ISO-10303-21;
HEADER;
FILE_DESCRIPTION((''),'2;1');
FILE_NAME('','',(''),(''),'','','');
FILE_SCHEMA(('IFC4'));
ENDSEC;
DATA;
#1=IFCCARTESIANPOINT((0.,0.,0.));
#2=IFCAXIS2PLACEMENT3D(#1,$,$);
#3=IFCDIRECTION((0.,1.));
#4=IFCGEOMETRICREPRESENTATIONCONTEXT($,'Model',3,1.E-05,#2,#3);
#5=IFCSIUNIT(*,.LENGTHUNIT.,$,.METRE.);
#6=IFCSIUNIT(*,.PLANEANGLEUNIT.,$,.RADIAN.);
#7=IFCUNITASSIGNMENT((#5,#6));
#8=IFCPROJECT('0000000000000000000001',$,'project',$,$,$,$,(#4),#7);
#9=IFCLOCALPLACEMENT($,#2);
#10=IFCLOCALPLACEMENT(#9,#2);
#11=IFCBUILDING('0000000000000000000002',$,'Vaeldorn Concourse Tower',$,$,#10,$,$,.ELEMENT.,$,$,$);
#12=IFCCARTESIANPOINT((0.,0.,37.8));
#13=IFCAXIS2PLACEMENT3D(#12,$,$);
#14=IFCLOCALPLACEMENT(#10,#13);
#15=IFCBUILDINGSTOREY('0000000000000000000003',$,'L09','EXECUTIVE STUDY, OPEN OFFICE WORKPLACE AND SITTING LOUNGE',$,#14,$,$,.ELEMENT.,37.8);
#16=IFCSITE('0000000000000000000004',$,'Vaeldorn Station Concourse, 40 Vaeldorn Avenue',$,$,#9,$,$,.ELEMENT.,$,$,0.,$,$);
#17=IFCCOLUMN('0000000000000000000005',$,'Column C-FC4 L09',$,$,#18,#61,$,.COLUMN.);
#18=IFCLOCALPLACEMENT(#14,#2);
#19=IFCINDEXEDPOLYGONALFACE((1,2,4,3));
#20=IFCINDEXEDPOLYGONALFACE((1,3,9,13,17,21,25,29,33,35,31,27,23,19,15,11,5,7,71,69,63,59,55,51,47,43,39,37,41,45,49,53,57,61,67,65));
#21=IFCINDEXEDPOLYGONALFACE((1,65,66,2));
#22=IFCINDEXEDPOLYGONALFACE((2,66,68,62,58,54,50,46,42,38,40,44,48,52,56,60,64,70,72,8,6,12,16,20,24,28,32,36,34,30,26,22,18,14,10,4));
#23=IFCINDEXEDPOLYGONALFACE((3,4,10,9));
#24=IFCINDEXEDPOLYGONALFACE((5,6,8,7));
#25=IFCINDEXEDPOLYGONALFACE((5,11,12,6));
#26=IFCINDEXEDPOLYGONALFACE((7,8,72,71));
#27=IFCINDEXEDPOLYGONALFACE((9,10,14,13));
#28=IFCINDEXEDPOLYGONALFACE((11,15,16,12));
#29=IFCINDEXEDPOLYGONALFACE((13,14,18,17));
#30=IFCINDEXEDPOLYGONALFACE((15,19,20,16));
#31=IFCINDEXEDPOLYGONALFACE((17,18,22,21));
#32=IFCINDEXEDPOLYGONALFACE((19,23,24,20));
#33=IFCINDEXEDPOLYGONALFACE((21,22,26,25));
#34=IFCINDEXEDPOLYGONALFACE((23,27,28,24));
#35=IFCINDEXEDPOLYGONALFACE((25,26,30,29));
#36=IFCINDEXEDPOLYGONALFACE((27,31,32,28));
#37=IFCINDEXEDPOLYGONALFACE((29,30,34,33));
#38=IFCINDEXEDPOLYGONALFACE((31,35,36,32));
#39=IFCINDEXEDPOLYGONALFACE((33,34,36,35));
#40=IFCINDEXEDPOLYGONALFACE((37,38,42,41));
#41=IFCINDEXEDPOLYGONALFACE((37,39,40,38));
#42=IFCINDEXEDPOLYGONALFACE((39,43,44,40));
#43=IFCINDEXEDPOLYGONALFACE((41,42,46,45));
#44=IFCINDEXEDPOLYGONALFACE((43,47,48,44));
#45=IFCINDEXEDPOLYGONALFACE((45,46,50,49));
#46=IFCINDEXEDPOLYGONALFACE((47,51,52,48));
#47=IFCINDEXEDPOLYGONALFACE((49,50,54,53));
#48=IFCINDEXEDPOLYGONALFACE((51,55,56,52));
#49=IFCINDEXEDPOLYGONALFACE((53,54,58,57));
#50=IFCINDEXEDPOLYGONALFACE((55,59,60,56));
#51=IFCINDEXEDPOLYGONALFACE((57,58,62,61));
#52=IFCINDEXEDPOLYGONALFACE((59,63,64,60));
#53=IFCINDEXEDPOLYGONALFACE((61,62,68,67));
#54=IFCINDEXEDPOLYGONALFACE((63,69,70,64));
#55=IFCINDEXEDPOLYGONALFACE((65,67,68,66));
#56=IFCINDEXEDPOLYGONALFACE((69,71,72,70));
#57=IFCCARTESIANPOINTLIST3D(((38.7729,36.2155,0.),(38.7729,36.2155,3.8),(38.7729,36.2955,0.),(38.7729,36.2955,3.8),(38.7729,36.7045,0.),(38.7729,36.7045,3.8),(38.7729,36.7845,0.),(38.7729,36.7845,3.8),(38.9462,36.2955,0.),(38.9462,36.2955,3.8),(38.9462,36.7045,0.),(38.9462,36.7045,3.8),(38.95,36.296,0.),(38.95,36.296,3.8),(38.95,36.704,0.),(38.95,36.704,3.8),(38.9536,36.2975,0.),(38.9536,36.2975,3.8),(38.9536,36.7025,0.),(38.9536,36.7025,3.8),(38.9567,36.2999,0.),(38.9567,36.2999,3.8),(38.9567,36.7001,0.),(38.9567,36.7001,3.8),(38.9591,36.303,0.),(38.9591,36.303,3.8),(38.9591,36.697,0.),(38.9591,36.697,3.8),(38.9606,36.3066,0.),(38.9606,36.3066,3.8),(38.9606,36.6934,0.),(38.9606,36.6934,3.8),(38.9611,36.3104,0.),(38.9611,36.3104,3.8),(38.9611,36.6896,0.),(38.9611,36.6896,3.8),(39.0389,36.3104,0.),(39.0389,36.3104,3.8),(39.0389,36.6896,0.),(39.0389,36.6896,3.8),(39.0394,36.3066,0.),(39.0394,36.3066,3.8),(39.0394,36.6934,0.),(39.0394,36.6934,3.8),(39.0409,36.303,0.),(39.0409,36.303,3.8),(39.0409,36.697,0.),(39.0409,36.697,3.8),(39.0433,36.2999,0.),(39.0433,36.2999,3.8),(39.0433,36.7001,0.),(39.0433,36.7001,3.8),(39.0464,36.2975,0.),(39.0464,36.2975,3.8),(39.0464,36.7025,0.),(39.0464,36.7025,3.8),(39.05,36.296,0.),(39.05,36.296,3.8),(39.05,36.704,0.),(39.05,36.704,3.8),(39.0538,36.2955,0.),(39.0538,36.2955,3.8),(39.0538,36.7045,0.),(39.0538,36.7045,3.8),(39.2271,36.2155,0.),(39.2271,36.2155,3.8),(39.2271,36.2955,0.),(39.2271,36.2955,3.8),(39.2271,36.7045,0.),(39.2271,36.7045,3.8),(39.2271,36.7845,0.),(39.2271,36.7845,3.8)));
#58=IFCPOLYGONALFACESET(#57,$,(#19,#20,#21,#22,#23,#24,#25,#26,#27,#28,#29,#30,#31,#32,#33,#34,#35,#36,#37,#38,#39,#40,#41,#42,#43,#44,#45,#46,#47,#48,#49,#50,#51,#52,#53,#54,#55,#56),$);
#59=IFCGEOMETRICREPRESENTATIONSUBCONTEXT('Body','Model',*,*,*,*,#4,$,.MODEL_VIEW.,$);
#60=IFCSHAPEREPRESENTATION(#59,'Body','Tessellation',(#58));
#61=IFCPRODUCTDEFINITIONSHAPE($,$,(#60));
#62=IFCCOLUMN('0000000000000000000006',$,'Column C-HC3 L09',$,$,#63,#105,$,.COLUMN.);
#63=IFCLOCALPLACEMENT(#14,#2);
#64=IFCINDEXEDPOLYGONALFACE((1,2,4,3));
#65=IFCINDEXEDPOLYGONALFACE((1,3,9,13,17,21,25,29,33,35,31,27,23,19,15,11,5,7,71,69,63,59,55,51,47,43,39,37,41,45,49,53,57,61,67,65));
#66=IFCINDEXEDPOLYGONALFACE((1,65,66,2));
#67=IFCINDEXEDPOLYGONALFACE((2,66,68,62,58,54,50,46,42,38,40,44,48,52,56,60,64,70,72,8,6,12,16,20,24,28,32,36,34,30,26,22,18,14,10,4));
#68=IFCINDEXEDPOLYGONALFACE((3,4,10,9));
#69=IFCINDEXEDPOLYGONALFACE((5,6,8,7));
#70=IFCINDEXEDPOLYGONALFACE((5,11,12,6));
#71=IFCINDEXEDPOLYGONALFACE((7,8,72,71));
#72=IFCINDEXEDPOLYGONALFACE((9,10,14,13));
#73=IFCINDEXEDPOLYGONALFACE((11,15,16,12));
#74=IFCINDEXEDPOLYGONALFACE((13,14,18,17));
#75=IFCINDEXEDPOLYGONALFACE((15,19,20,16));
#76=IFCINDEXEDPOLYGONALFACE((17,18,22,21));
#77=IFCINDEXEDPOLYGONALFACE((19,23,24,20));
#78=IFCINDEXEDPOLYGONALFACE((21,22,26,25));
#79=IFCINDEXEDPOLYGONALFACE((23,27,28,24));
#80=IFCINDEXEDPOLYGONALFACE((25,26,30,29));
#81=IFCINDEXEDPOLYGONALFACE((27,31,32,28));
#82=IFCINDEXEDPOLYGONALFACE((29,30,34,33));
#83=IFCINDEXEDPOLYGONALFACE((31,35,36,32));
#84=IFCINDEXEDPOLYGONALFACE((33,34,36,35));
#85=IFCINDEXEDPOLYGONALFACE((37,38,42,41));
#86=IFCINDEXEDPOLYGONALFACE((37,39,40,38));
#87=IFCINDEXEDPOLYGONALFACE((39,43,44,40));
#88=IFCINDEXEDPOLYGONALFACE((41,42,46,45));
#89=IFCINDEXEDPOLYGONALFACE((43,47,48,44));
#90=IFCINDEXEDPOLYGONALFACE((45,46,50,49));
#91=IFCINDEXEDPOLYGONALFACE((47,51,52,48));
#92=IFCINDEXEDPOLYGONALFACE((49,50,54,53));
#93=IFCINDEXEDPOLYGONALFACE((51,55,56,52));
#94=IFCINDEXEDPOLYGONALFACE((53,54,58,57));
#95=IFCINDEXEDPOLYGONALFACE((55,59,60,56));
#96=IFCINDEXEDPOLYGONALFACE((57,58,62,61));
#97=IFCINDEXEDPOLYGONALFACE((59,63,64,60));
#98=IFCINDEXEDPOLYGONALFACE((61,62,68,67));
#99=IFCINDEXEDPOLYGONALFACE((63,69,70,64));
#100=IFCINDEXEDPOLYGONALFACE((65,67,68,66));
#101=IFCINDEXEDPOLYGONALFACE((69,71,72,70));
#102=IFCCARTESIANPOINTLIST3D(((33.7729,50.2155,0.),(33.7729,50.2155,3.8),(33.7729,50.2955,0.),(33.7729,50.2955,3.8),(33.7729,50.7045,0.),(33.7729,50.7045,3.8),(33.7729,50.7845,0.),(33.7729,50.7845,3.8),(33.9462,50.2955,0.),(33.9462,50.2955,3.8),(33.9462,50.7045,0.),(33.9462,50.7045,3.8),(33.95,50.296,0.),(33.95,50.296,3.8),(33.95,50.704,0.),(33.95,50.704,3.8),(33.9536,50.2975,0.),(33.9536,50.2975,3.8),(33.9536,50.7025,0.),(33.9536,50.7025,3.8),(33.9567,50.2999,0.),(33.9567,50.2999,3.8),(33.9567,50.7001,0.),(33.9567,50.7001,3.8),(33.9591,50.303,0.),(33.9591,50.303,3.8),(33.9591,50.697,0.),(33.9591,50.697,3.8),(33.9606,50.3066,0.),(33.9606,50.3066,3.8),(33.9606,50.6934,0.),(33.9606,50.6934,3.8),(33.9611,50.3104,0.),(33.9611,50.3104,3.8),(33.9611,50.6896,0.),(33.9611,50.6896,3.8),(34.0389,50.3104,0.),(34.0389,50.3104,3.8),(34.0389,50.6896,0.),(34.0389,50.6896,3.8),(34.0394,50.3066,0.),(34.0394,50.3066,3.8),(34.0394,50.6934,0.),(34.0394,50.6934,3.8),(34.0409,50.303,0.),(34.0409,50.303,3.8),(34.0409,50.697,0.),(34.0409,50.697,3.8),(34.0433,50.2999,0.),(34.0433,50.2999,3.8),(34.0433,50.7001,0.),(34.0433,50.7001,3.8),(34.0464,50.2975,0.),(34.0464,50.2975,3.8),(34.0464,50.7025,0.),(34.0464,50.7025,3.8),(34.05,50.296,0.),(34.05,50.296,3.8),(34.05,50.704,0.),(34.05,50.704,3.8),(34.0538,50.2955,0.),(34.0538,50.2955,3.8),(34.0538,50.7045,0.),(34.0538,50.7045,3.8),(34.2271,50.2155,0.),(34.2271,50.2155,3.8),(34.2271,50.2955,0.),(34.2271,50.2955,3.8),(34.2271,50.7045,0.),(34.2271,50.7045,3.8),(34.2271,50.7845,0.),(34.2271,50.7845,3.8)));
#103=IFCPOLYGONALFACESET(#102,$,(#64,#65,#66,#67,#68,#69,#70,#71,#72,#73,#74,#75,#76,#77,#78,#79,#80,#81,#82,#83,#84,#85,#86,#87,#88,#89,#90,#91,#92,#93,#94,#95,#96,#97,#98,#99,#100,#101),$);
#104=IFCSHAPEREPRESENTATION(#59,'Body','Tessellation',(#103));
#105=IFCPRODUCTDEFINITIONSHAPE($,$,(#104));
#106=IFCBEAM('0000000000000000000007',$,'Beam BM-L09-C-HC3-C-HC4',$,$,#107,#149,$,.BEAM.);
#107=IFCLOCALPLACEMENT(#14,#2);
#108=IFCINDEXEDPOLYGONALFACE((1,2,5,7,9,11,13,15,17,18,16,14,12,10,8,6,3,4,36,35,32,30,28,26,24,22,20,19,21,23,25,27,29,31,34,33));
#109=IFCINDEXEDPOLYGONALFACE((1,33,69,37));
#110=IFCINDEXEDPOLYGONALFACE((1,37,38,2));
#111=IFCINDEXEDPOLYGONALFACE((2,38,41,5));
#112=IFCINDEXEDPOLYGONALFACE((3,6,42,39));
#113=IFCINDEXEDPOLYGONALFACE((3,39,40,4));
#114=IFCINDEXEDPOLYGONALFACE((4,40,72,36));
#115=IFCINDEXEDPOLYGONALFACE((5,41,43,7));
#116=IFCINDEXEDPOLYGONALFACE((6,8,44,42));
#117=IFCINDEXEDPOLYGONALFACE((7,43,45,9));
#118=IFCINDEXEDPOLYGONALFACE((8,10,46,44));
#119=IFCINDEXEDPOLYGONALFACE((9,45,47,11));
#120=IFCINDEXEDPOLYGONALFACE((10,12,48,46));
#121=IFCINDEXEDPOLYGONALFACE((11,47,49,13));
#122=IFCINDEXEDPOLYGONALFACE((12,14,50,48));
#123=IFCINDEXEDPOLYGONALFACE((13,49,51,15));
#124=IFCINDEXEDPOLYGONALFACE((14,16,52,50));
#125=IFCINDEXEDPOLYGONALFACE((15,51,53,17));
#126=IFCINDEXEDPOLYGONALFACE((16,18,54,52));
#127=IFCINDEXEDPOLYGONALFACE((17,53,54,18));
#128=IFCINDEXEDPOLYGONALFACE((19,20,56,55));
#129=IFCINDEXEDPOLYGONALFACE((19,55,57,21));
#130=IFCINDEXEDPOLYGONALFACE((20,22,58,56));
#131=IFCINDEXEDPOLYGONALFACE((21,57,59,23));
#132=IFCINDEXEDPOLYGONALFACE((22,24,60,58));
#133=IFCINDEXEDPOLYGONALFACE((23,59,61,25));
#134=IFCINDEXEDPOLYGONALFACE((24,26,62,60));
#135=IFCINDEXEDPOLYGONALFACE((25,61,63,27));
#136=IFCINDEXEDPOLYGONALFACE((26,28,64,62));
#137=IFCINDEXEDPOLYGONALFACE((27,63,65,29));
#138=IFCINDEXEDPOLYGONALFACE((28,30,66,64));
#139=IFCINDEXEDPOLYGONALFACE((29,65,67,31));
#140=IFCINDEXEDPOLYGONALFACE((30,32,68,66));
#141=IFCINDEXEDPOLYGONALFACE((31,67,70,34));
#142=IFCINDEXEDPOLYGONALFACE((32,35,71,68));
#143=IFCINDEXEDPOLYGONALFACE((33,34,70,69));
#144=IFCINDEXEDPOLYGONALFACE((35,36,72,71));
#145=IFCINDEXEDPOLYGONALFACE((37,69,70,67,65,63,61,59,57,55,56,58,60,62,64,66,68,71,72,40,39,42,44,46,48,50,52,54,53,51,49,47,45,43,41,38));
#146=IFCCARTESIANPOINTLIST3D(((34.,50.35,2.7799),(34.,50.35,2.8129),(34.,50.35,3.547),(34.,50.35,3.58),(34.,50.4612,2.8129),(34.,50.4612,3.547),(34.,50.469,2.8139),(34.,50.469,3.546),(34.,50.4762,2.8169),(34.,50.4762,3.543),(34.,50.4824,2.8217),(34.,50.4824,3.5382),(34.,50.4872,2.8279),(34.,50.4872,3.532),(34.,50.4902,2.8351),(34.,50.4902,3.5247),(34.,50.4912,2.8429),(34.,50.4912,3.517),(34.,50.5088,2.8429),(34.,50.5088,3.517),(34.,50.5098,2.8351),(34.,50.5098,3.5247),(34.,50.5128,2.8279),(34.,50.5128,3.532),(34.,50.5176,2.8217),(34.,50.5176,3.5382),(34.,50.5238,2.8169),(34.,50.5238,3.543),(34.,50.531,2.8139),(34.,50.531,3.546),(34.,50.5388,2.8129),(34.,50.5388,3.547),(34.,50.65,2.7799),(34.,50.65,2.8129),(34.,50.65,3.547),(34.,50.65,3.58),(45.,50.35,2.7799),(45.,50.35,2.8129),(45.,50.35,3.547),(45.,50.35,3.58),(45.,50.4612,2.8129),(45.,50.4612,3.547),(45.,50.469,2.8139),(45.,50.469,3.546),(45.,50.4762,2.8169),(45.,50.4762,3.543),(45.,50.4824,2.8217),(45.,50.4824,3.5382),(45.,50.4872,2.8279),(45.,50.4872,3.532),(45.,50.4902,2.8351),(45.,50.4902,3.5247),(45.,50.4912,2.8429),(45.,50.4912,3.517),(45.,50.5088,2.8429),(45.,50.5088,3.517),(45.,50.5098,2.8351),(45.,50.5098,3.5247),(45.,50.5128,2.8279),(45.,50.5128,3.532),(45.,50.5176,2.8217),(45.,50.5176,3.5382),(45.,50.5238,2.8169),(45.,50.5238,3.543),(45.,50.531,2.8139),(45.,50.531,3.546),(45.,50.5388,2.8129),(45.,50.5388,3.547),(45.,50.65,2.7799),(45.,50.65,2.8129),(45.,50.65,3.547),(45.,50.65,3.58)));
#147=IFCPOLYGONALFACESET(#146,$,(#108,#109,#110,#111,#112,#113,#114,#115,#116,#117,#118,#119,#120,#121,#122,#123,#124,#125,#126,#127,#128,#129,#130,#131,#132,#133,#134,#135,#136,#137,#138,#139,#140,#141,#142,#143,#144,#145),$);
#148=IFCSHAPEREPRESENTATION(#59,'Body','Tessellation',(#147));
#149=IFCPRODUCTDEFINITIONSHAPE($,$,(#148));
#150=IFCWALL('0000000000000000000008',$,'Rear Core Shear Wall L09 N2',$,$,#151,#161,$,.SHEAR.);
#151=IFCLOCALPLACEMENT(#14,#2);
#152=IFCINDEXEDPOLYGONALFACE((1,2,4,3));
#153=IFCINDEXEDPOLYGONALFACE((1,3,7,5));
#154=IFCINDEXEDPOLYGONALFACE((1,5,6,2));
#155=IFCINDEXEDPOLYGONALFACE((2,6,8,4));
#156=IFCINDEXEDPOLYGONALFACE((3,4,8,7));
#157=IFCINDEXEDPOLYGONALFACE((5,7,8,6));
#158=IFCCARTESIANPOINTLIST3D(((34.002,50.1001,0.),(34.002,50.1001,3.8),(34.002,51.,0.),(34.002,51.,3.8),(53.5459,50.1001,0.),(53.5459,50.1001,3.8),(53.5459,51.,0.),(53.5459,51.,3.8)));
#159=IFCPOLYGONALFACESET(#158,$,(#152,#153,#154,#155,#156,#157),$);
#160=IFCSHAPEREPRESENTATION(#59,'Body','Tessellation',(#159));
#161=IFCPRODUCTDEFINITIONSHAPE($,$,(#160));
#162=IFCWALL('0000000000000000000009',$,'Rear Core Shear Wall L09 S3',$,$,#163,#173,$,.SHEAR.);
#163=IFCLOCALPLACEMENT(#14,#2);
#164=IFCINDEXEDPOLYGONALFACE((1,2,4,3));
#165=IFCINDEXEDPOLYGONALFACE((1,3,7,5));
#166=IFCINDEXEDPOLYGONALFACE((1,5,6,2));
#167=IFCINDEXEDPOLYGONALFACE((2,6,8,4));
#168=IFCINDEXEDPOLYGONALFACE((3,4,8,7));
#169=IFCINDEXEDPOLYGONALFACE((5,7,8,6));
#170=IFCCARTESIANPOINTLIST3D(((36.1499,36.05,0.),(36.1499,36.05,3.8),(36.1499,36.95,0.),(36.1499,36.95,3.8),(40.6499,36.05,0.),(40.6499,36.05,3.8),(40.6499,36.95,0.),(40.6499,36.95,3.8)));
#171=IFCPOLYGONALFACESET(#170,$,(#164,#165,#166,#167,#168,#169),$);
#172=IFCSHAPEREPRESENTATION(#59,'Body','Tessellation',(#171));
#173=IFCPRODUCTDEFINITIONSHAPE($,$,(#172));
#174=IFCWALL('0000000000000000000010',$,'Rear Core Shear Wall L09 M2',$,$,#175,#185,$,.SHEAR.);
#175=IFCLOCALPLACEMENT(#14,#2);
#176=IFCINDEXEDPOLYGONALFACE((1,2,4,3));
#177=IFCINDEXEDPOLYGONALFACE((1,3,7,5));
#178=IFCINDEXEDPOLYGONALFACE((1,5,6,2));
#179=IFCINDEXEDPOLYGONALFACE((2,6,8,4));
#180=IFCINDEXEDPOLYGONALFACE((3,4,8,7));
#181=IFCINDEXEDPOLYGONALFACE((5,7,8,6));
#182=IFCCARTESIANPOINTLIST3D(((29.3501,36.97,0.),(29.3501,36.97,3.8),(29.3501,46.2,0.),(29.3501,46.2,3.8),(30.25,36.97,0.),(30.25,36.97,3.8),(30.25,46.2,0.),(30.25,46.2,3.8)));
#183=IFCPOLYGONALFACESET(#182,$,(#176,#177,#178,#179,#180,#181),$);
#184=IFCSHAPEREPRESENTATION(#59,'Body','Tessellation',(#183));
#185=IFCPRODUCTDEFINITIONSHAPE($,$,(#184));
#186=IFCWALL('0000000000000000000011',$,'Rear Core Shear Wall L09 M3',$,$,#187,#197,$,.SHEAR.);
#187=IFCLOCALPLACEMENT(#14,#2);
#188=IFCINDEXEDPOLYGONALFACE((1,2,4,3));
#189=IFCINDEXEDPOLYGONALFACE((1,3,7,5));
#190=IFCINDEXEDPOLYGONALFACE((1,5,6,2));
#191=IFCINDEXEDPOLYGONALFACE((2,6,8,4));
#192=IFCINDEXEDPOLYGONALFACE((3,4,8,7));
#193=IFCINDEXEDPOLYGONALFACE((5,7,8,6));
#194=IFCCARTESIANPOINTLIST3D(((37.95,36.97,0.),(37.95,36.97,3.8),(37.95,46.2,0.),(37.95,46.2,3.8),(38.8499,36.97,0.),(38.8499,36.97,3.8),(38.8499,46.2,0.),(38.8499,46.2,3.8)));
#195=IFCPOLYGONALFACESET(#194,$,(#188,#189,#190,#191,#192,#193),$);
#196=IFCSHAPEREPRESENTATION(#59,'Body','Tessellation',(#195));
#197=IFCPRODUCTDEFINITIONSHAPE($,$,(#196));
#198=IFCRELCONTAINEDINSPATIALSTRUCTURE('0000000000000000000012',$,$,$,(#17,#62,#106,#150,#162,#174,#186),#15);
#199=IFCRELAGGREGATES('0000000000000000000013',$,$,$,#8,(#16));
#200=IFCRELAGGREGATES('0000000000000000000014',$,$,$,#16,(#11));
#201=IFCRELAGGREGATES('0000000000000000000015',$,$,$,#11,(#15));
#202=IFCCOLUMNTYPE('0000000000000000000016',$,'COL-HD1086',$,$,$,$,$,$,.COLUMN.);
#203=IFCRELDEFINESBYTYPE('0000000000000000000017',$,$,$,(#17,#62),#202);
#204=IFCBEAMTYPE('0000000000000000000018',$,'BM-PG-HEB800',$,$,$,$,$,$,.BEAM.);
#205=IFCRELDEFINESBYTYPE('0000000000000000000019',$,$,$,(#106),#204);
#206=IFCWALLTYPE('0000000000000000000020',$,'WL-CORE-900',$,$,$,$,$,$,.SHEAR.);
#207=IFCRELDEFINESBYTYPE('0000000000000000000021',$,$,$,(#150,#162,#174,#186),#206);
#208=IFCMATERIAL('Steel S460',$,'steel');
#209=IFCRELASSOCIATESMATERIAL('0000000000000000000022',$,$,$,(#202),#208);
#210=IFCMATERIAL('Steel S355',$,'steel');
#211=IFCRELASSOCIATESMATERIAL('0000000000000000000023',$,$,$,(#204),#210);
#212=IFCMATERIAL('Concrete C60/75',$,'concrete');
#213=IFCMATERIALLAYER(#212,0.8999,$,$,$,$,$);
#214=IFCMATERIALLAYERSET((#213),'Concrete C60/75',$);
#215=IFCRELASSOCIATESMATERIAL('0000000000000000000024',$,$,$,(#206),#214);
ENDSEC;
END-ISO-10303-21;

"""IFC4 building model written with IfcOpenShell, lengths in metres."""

from ifc_helpers import new_model, si_unit, direction, frame, frame_2d, origin, origin_2d, place, context, subcontext, project, spatial, rectangle, i_section, extrude, source, transform, mapped, material, layer, layer_set, material_profile, profile_set, type_object, element, save


model = new_model("IFC4")

# Units and contexts
model_context = context("Model", 3, precision=1e-05, world=origin(), true_north=direction((0.0, 1.0)))
body_context = subcontext(model_context, "Body", "Model", "MODEL_VIEW")
ifc_project = project(units=[si_unit("LENGTHUNIT", "METRE"), si_unit("PLANEANGLEUNIT", "RADIAN")], contexts=[model_context])

# Site, building, storey
site_placement = place(None, origin())
site = spatial("IfcSite", under=ifc_project, at=site_placement, Name="Vaeldorn Station Concourse, 40 Vaeldorn Avenue", CompositionType="ELEMENT", RefElevation=0.0)
building_placement = place(site_placement, origin())
building = spatial("IfcBuilding", under=site, at=building_placement, Name="Vaeldorn Concourse Tower", CompositionType="ELEMENT")
storey_placement = place(building_placement, frame((0.0, 0.0, 37.8)))
storey = spatial("IfcBuildingStorey", under=building, at=storey_placement, Name="L09", Description="EXECUTIVE STUDY, OPEN OFFICE WORKPLACE AND SITTING LOUNGE", CompositionType="ELEMENT", Elevation=37.8)

# Columns
ifc_material_1 = material(Name="Steel S460", Category="steel")
ifc_material_profile_1 = material_profile(ifc_material_1, i_section(OverallWidth=0.4541, OverallDepth=0.5691, WebThickness=0.0779, FlangeThickness=0.0801, FilletRadius=0.0149, at=origin_2d()), Name="HD 400x1086")
ifc_profile_set_1 = profile_set([ifc_material_profile_1], Name="Steel S460")
column_type = type_object("IfcColumnType", Name="COL-HD1086", PredefinedType="COLUMN", material=ifc_profile_set_1)
shared_shape_1 = source(origin(), body_context, "Body", "SweptSolid", [
    extrude(i_section(OverallWidth=0.4541, OverallDepth=0.5691, WebThickness=0.0779, FlangeThickness=0.0801, FilletRadius=0.0149, at=origin_2d()), origin(), (0.0, 0.0, 1.0), 3.8),
])
for number, where, z_axis, x_axis, name in (
    (1, (39.0, 36.5, 0.0), (0.0, 0.0, 1.0), (1.0, 0.0, 0.0), "Column C-FC4 L09"),
    (2, (34.0, 50.5, 0.0), (0.0, 0.0, 1.0), (1.0, 0.0, 0.0), "Column C-HC3 L09"),
):
    element("IfcColumn", number, at=place(storey_placement, frame(where, z_axis=z_axis, x_axis=x_axis)), inside=storey, type_object=column_type, Name=name, PredefinedType="COLUMN", context=body_context, shape_type="MappedRepresentation", body=[
        mapped(shared_shape_1, transform((0.0, 0.0, 0.0), scale=1.0)),
    ])

# Beam
ifc_material_2 = material(Name="Steel S355", Category="steel")
ifc_material_profile_2 = material_profile(ifc_material_2, i_section(OverallWidth=0.3, OverallDepth=0.8, WebThickness=0.0176, FlangeThickness=0.033, FilletRadius=0.03, at=origin_2d()), Name="HEB 800")
ifc_profile_set_2 = profile_set([ifc_material_profile_2], Name="Steel S355")
beam_type = type_object("IfcBeamType", Name="BM-PG-HEB800", PredefinedType="BEAM", material=ifc_profile_set_2)
shared_shape_2 = source(origin(), body_context, "Body", "SweptSolid", [
    extrude(i_section(OverallWidth=0.3, OverallDepth=0.8, WebThickness=0.0176, FlangeThickness=0.033, FilletRadius=0.03, at=origin_2d()), origin(), (0.0, 0.0, 1.0), 11.0),
])
beam_placement = place(storey_placement, frame((34.0, 50.5, 3.1799), z_axis=(1.0, 0.0, 0.0), x_axis=(0.0, 1.0, 0.0)))
element("IfcBeam", 3, at=beam_placement, inside=storey, type_object=beam_type, Name="Beam BM-L09-C-HC3-C-HC4", PredefinedType="BEAM", context=body_context, shape_type="MappedRepresentation", body=[
    mapped(shared_shape_2, transform((0.0, 0.0, 0.0), scale=1.0)),
])

# Walls
ifc_material_3 = material(Name="Concrete C60/75", Category="concrete")
ifc_layer_1 = layer(ifc_material_3, 0.8999)
ifc_layer_set_1 = layer_set([ifc_layer_1], Name="Concrete C60/75")
wall_type_1 = type_object("IfcWallType", Name="WL-CORE-900", PredefinedType="SHEAR", material=ifc_layer_set_1)
wall_1_placement = place(storey_placement, frame((34.002, 50.55, 0.0), z_axis=(0.0, 0.0, 1.0), x_axis=(1.0, 0.0, 0.0)))
element("IfcWall", 4, at=wall_1_placement, inside=storey, type_object=wall_type_1, Name="Rear Core Shear Wall L09 N2", PredefinedType="SHEAR", context=body_context, shape_type="SweptSolid", body=[
    extrude(rectangle(XDim=19.5439, YDim=0.8999, at=frame_2d((9.772, 0.0))), origin(), (0.0, 0.0, 1.0), 3.8),
])
wall_2_placement = place(storey_placement, frame((36.1499, 36.5, 0.0), z_axis=(0.0, 0.0, 1.0), x_axis=(1.0, 0.0, 0.0)))
element("IfcWall", 5, at=wall_2_placement, inside=storey, type_object=wall_type_1, Name="Rear Core Shear Wall L09 S3", PredefinedType="SHEAR", context=body_context, shape_type="SweptSolid", body=[
    extrude(rectangle(XDim=4.5, YDim=0.8999, at=frame_2d((2.25, 0.0))), origin(), (0.0, 0.0, 1.0), 3.8),
])
for number, where, z_axis, x_axis, name in (
    (6, (29.8, 36.97, 0.0), (0.0, 0.0, 1.0), (0.0, 1.0, 0.0), "Rear Core Shear Wall L09 M2"),
    (7, (38.3999, 36.97, 0.0), (0.0, 0.0, 1.0), (0.0, 1.0, 0.0), "Rear Core Shear Wall L09 M3"),
):
    element("IfcWall", number, at=place(storey_placement, frame(where, z_axis=z_axis, x_axis=x_axis)), inside=storey, type_object=wall_type_1, Name=name, PredefinedType="SHEAR", context=body_context, shape_type="SweptSolid", body=[
        extrude(rectangle(XDim=9.23, YDim=0.8999, at=frame_2d((4.615, 0.0))), origin(), (0.0, 0.0, 1.0), 3.8),
    ])

save(model, "model.ifc")
